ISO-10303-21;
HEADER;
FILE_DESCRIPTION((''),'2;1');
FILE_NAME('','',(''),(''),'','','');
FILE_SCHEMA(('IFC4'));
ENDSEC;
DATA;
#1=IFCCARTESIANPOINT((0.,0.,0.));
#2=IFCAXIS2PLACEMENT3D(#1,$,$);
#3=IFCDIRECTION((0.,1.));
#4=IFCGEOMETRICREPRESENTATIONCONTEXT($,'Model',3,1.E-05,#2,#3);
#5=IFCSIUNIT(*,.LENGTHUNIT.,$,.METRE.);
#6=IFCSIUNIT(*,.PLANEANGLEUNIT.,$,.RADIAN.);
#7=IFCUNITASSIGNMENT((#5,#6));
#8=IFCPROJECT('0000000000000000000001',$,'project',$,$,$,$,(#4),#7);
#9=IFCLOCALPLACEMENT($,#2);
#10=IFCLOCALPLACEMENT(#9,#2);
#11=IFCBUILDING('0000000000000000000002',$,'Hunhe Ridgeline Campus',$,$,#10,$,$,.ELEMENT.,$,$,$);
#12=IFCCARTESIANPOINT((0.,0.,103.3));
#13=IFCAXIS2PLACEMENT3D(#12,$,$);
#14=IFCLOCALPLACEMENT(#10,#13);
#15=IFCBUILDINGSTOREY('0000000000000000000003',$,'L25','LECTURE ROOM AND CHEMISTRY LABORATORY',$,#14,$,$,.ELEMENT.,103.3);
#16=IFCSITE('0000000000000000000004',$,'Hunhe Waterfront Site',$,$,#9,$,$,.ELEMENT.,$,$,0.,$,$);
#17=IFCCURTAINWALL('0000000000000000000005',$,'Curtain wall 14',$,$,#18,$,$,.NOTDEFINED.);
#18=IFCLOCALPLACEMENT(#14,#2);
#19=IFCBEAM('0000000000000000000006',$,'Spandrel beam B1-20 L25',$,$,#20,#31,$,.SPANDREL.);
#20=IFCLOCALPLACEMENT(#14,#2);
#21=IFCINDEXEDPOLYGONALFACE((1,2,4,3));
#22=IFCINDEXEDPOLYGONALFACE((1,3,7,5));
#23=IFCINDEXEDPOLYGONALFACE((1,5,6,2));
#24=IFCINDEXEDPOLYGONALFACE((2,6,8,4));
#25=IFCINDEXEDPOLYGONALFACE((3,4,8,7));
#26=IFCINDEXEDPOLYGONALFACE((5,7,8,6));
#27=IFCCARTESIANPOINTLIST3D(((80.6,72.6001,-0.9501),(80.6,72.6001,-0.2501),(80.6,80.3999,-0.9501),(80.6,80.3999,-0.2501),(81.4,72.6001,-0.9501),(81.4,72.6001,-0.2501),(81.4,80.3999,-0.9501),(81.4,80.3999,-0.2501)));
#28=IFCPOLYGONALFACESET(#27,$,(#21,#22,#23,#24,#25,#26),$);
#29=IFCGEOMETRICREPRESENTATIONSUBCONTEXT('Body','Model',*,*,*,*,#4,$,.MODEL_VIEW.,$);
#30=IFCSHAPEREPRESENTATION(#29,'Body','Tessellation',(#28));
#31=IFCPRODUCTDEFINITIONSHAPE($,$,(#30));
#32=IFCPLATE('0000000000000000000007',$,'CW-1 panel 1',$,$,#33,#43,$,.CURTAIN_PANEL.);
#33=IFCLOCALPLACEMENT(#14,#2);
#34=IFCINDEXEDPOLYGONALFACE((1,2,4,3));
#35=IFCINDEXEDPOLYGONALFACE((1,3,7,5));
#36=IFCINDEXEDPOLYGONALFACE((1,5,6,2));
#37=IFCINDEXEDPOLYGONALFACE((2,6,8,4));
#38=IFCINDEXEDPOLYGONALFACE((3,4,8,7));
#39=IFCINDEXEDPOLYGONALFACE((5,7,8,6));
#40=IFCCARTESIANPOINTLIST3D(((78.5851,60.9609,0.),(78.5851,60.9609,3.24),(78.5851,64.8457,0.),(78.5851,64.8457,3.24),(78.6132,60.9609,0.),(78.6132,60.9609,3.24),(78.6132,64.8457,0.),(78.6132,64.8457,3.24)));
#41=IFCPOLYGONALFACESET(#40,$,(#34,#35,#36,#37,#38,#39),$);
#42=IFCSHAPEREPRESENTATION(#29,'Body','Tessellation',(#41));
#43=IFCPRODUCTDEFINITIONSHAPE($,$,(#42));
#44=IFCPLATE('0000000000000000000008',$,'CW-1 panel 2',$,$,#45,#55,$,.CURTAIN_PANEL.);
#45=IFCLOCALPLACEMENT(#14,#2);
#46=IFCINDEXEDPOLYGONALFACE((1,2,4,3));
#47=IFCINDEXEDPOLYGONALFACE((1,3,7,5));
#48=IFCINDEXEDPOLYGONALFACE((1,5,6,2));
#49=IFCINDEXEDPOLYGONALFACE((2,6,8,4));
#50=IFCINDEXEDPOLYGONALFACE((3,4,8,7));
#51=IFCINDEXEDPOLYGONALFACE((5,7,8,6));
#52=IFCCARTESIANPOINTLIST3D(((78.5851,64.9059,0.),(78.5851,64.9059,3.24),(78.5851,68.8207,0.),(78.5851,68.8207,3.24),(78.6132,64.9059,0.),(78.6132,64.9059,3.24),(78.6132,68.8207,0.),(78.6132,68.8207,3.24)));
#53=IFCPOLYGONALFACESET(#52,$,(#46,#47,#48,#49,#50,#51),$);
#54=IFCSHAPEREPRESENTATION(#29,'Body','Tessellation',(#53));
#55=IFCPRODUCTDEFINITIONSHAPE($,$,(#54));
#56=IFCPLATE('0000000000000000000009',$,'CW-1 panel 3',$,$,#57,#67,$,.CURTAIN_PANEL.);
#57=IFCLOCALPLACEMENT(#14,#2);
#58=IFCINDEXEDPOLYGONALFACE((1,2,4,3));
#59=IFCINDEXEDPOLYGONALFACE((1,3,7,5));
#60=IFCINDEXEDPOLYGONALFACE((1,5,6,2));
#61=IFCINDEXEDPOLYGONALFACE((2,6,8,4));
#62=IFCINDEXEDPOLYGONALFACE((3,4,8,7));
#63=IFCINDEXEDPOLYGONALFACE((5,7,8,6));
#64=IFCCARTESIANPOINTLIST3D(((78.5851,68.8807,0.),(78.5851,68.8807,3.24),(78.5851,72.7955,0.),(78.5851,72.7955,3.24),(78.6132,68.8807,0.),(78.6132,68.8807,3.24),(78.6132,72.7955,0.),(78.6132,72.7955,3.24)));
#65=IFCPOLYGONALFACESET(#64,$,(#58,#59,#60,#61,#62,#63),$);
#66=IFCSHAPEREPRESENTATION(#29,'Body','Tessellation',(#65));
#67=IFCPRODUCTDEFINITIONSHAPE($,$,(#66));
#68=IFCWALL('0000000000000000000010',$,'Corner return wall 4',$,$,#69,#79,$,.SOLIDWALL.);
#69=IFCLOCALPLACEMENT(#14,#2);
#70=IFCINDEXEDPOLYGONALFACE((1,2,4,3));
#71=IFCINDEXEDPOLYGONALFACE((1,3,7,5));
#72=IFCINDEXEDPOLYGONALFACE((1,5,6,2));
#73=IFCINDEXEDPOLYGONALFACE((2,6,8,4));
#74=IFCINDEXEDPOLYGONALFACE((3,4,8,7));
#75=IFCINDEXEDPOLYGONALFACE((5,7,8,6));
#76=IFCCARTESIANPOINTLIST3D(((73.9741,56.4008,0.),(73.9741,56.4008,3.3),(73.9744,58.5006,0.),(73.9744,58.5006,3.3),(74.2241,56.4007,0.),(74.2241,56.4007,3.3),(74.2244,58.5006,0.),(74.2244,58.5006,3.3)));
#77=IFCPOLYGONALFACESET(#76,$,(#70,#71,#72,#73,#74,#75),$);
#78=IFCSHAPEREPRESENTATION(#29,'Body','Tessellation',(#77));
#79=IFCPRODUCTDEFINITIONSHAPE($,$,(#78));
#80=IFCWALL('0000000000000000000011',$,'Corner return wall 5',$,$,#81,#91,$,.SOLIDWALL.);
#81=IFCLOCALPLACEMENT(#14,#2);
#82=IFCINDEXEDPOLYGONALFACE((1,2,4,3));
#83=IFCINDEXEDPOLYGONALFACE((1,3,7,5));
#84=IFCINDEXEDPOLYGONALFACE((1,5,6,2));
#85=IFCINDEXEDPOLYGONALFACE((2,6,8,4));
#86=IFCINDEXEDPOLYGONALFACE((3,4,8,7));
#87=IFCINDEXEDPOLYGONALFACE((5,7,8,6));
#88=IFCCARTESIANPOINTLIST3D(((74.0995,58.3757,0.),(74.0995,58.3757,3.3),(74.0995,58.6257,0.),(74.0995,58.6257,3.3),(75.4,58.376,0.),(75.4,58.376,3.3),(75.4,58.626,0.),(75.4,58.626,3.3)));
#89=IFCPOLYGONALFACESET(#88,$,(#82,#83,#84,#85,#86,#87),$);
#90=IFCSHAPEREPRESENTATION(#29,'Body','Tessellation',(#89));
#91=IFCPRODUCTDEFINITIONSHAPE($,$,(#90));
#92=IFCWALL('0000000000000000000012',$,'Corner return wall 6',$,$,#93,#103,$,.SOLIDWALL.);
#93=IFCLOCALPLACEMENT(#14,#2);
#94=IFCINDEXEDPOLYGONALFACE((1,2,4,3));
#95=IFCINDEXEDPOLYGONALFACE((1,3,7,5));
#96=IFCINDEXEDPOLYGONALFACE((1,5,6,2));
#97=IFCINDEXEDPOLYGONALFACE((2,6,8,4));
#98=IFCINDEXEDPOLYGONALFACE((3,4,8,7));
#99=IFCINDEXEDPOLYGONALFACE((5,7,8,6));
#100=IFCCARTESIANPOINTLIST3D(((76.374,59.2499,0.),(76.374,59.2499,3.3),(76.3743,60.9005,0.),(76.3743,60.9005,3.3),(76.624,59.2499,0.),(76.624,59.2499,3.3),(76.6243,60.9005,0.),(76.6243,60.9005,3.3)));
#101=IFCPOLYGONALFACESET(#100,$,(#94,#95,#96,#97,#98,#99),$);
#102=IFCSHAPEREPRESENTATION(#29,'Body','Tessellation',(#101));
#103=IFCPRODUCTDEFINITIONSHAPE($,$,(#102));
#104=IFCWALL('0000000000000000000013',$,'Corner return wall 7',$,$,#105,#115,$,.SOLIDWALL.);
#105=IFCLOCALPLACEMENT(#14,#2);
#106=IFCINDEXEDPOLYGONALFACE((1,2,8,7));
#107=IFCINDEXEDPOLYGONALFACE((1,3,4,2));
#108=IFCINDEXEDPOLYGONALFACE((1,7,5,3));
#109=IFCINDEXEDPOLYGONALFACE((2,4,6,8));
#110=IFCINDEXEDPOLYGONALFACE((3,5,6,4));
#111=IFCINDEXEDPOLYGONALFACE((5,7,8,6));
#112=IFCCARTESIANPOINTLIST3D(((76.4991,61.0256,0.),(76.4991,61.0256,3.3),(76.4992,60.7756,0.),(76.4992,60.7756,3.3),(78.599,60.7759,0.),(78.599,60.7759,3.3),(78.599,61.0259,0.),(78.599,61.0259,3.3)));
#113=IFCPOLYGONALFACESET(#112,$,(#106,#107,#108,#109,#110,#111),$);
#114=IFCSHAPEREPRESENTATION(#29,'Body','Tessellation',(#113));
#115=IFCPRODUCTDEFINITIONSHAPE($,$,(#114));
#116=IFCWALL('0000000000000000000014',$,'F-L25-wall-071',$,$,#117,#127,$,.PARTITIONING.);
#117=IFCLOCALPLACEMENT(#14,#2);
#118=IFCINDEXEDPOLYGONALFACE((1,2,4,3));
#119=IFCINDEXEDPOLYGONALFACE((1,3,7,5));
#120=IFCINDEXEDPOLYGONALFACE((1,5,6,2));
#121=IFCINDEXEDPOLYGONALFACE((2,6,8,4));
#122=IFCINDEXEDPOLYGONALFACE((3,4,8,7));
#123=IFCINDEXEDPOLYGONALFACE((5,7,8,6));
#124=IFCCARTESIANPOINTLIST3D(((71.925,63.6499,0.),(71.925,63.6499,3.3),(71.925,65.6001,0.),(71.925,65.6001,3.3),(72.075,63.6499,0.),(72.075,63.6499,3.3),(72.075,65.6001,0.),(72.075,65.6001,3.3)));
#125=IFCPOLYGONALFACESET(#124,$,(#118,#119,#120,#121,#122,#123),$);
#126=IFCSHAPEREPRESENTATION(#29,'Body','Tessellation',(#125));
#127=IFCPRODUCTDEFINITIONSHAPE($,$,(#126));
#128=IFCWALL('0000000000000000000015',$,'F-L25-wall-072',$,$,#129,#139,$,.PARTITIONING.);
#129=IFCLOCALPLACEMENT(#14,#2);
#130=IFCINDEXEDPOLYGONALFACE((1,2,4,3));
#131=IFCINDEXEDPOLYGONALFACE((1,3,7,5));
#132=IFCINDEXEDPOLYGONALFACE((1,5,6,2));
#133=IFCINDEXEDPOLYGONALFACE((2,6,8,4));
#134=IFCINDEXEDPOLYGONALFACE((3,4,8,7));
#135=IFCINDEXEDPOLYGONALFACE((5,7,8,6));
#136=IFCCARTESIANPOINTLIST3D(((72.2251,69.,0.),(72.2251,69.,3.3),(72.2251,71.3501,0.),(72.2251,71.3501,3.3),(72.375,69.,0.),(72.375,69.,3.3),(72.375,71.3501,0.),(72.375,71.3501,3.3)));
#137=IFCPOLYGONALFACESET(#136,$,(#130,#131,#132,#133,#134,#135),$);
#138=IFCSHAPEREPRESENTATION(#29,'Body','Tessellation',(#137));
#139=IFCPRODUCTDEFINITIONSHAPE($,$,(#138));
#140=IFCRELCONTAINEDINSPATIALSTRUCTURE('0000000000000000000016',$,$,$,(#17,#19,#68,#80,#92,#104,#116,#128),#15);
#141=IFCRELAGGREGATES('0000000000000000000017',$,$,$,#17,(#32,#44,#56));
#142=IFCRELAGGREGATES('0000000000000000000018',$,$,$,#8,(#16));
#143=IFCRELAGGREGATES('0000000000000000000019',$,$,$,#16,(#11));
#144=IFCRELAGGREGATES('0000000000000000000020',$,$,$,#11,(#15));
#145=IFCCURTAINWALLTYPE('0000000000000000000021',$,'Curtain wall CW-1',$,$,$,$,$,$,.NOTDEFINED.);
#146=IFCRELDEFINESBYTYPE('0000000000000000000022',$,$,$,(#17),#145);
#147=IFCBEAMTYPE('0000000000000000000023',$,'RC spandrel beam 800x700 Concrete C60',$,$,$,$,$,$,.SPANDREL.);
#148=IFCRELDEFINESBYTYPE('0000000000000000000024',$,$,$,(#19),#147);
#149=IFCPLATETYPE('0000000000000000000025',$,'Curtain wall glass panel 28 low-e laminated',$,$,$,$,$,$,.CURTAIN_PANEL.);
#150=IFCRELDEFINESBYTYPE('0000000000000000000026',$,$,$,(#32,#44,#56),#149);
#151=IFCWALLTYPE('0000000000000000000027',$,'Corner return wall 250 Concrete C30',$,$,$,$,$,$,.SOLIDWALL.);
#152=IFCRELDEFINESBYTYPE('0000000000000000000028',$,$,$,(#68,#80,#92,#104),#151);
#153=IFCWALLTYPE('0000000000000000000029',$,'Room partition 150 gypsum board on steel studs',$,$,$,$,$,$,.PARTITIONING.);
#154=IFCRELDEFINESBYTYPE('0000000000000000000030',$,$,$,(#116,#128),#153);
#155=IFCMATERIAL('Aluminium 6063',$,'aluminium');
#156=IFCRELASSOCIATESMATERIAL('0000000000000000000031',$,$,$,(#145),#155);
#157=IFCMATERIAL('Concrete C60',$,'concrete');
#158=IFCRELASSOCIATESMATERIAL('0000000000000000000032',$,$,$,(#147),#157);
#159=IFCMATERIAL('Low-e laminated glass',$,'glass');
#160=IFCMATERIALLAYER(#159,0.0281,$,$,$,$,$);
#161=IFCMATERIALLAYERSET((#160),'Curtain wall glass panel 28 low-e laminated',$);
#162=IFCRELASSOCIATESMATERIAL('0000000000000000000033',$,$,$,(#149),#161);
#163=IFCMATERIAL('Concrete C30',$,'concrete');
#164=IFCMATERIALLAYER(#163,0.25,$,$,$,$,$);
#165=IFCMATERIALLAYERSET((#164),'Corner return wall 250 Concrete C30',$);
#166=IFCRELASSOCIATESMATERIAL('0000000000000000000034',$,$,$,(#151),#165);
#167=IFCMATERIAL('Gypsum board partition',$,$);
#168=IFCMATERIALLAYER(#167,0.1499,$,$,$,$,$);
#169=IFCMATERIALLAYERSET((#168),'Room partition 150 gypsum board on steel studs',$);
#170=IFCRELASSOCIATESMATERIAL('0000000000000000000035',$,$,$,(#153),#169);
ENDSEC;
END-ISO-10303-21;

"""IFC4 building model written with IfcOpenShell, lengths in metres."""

from ifc_helpers import new_model, si_unit, direction, frame, frame_2d, origin, origin_2d, place, context, subcontext, project, spatial, rectangle, extrude, material, layer, layer_set, material_profile, profile_set, type_object, element, aggregate, save


model = new_model("IFC4")

# Units and contexts
model_context = context("Model", 3, precision=1e-05, world=origin(), true_north=direction((0.0, 1.0)))
body_context = subcontext(model_context, "Body", "Model", "MODEL_VIEW")
ifc_project = project(units=[si_unit("LENGTHUNIT", "METRE"), si_unit("PLANEANGLEUNIT", "RADIAN")], contexts=[model_context])

# Site, building, storey
site_placement = place(None, origin())
site = spatial("IfcSite", under=ifc_project, at=site_placement, Name="Hunhe Waterfront Site", CompositionType="ELEMENT", RefElevation=0.0)
building_placement = place(site_placement, origin())
building = spatial("IfcBuilding", under=site, at=building_placement, Name="Hunhe Ridgeline Campus", CompositionType="ELEMENT")
storey_placement = place(building_placement, frame((0.0, 0.0, 103.3)))
storey = spatial("IfcBuildingStorey", under=building, at=storey_placement, Name="L25", Description="LECTURE ROOM AND CHEMISTRY LABORATORY", CompositionType="ELEMENT", Elevation=103.3)

# Shared definitions
ifc_material_1 = material(Name="Aluminium 6063", Category="aluminium")
curtain_wall_type = type_object("IfcCurtainWallType", Name="Curtain wall CW-1", PredefinedType="NOTDEFINED", material=ifc_material_1)

# Curtain wall
curtain_wall_1_placement = place(storey_placement, origin())
curtain_wall_1 = element("IfcCurtainWall", 1, at=curtain_wall_1_placement, inside=storey, type_object=curtain_wall_type, Name="Curtain wall 14", PredefinedType="NOTDEFINED")

# Beam
ifc_material_2 = material(Name="Concrete C60", Category="concrete")
ifc_material_profile_1 = material_profile(ifc_material_2, rectangle(XDim=0.8, YDim=0.7, at=origin_2d()))
ifc_profile_set_1 = profile_set([ifc_material_profile_1], Name="Concrete C60")
beam_type = type_object("IfcBeamType", Name="RC spandrel beam 800x700 Concrete C60", PredefinedType="SPANDREL", material=ifc_profile_set_1)
for number, where, z_axis, x_axis, name in (
    (2, (81.0, 72.6001, -0.6001), (0.0, 1.0, 0.0), (-1.0, 0.0, 0.0), "Spandrel beam B1-20 L25"),
):
    element("IfcBeam", number, at=place(storey_placement, frame(where, z_axis=z_axis, x_axis=x_axis)), inside=storey, type_object=beam_type, Name=name, PredefinedType="SPANDREL", context=body_context, shape_type="SweptSolid", body=[
        extrude(rectangle(XDim=0.8, YDim=0.7, at=origin_2d()), origin(), (0.0, 0.0, 1.0), 7.7998),
    ])

# Plates
ifc_material_3 = material(Name="Low-e laminated glass", Category="glass")
ifc_layer_1 = layer(ifc_material_3, 0.0281)
ifc_layer_set_1 = layer_set([ifc_layer_1], Name="Curtain wall glass panel 28 low-e laminated")
plate_type = type_object("IfcPlateType", Name="Curtain wall glass panel 28 low-e laminated", PredefinedType="CURTAIN_PANEL", material=ifc_layer_set_1)
plate_1_placement = place(storey_placement, frame((78.5991, 62.9033, 0.0), z_axis=(0.0, 0.0, 1.0), x_axis=(0.0, 1.0, 0.0)))
plate_1 = element("IfcPlate", 3, at=plate_1_placement, type_object=plate_type, Name="CW-1 panel 1", PredefinedType="CURTAIN_PANEL", context=body_context, shape_type="SweptSolid", body=[
    extrude(rectangle(XDim=3.8848, YDim=0.0281, at=origin_2d()), origin(), (0.0, 0.0, 1.0), 3.24),
])
plate_2_placement = place(storey_placement, frame((78.5991, 66.8633, 0.0), z_axis=(0.0, 0.0, 1.0), x_axis=(0.0, 1.0, 0.0)))
plate_2 = element("IfcPlate", 4, at=plate_2_placement, type_object=plate_type, Name="CW-1 panel 2", PredefinedType="CURTAIN_PANEL", context=body_context, shape_type="SweptSolid", body=[
    extrude(rectangle(XDim=3.9148, YDim=0.0281, at=origin_2d()), origin(), (0.0, 0.0, 1.0), 3.24),
])
plate_3_placement = place(storey_placement, frame((78.5991, 70.8381, 0.0), z_axis=(0.0, 0.0, 1.0), x_axis=(0.0, 1.0, 0.0)))
plate_3 = element("IfcPlate", 5, at=plate_3_placement, type_object=plate_type, Name="CW-1 panel 3", PredefinedType="CURTAIN_PANEL", context=body_context, shape_type="SweptSolid", body=[
    extrude(rectangle(XDim=3.9148, YDim=0.0281, at=origin_2d()), origin(), (0.0, 0.0, 1.0), 3.24),
])
aggregate(curtain_wall_1, [plate_1, plate_2, plate_3])

# Walls
ifc_material_4 = material(Name="Concrete C30", Category="concrete")
ifc_layer_2 = layer(ifc_material_4, 0.25)
ifc_layer_set_2 = layer_set([ifc_layer_2], Name="Corner return wall 250 Concrete C30")
wall_type_1 = type_object("IfcWallType", Name="Corner return wall 250 Concrete C30", PredefinedType="SOLIDWALL", material=ifc_layer_set_2)
wall_1_placement = place(storey_placement, frame((74.0991, 56.4009, 0.0), z_axis=(0.0, 0.0, 1.0), x_axis=(0.000116, 1.0, 0.0)))
element("IfcWall", 6, at=wall_1_placement, inside=storey, type_object=wall_type_1, Name="Corner return wall 4", PredefinedType="SOLIDWALL", context=body_context, shape_type="SweptSolid", body=[
    extrude(rectangle(XDim=2.0999, YDim=0.25, at=frame_2d((1.0498, 0.0))), origin(), (0.0, 0.0, 1.0), 3.3),
])
wall_2_placement = place(storey_placement, frame((74.0994, 58.5007, 0.0), z_axis=(0.0, 0.0, 1.0), x_axis=(1.0, 0.000188, 0.0)))
element("IfcWall", 7, at=wall_2_placement, inside=storey, type_object=wall_type_1, Name="Corner return wall 5", PredefinedType="SOLIDWALL", context=body_context, shape_type="SweptSolid", body=[
    extrude(rectangle(XDim=1.3005, YDim=0.25, at=frame_2d((0.6504, 0.0))), origin(), (0.0, 0.0, 1.0), 3.3),
])
wall_3_placement = place(storey_placement, frame((76.499, 59.25, 0.0), z_axis=(0.0, 0.0, 1.0), x_axis=(0.000148, 1.0, 0.0)))
element("IfcWall", 8, at=wall_3_placement, inside=storey, type_object=wall_type_1, Name="Corner return wall 6", PredefinedType="SOLIDWALL", context=body_context, shape_type="SweptSolid", body=[
    extrude(rectangle(XDim=1.6506, YDim=0.25, at=frame_2d((0.8252, 0.0))), origin(), (0.0, 0.0, 1.0), 3.3),
])
wall_4_placement = place(storey_placement, frame((76.4993, 60.9006, 0.0), z_axis=(0.0, 0.0, 1.0), x_axis=(1.0, 0.000116, 0.0)))
element("IfcWall", 9, at=wall_4_placement, inside=storey, type_object=wall_type_1, Name="Corner return wall 7", PredefinedType="SOLIDWALL", context=body_context, shape_type="SweptSolid", body=[
    extrude(rectangle(XDim=2.0999, YDim=0.25, at=frame_2d((1.0498, 0.0))), origin(), (0.0, 0.0, 1.0), 3.3),
])

# Shared definitions
ifc_material_5 = material(Name="Gypsum board partition")

# Walls
ifc_layer_3 = layer(ifc_material_5, 0.1499)
ifc_layer_set_3 = layer_set([ifc_layer_3], Name="Room partition 150 gypsum board on steel studs")
wall_type_2 = type_object("IfcWallType", Name="Room partition 150 gypsum board on steel studs", PredefinedType="PARTITIONING", material=ifc_layer_set_3)
wall_5_placement = place(storey_placement, frame((72.0, 65.6001, 0.0), z_axis=(0.0, 0.0, 1.0), x_axis=(0.0, -1.0, 0.0)))
element("IfcWall", 10, at=wall_5_placement, inside=storey, type_object=wall_type_2, Name="F-L25-wall-071", PredefinedType="PARTITIONING", context=body_context, shape_type="SweptSolid", body=[
    extrude(rectangle(XDim=1.9502, YDim=0.1499, at=frame_2d((0.9751, 0.0))), origin(), (0.0, 0.0, 1.0), 3.3),
])
wall_6_placement = place(storey_placement, frame((72.3, 71.3501, 0.0), z_axis=(0.0, 0.0, 1.0), x_axis=(0.0, -1.0, 0.0)))
element("IfcWall", 11, at=wall_6_placement, inside=storey, type_object=wall_type_2, Name="F-L25-wall-072", PredefinedType="PARTITIONING", context=body_context, shape_type="SweptSolid", body=[
    extrude(rectangle(XDim=2.3501, YDim=0.1499, at=frame_2d((1.175, 0.0))), origin(), (0.0, 0.0, 1.0), 3.3),
])

save(model, "model.ifc")
